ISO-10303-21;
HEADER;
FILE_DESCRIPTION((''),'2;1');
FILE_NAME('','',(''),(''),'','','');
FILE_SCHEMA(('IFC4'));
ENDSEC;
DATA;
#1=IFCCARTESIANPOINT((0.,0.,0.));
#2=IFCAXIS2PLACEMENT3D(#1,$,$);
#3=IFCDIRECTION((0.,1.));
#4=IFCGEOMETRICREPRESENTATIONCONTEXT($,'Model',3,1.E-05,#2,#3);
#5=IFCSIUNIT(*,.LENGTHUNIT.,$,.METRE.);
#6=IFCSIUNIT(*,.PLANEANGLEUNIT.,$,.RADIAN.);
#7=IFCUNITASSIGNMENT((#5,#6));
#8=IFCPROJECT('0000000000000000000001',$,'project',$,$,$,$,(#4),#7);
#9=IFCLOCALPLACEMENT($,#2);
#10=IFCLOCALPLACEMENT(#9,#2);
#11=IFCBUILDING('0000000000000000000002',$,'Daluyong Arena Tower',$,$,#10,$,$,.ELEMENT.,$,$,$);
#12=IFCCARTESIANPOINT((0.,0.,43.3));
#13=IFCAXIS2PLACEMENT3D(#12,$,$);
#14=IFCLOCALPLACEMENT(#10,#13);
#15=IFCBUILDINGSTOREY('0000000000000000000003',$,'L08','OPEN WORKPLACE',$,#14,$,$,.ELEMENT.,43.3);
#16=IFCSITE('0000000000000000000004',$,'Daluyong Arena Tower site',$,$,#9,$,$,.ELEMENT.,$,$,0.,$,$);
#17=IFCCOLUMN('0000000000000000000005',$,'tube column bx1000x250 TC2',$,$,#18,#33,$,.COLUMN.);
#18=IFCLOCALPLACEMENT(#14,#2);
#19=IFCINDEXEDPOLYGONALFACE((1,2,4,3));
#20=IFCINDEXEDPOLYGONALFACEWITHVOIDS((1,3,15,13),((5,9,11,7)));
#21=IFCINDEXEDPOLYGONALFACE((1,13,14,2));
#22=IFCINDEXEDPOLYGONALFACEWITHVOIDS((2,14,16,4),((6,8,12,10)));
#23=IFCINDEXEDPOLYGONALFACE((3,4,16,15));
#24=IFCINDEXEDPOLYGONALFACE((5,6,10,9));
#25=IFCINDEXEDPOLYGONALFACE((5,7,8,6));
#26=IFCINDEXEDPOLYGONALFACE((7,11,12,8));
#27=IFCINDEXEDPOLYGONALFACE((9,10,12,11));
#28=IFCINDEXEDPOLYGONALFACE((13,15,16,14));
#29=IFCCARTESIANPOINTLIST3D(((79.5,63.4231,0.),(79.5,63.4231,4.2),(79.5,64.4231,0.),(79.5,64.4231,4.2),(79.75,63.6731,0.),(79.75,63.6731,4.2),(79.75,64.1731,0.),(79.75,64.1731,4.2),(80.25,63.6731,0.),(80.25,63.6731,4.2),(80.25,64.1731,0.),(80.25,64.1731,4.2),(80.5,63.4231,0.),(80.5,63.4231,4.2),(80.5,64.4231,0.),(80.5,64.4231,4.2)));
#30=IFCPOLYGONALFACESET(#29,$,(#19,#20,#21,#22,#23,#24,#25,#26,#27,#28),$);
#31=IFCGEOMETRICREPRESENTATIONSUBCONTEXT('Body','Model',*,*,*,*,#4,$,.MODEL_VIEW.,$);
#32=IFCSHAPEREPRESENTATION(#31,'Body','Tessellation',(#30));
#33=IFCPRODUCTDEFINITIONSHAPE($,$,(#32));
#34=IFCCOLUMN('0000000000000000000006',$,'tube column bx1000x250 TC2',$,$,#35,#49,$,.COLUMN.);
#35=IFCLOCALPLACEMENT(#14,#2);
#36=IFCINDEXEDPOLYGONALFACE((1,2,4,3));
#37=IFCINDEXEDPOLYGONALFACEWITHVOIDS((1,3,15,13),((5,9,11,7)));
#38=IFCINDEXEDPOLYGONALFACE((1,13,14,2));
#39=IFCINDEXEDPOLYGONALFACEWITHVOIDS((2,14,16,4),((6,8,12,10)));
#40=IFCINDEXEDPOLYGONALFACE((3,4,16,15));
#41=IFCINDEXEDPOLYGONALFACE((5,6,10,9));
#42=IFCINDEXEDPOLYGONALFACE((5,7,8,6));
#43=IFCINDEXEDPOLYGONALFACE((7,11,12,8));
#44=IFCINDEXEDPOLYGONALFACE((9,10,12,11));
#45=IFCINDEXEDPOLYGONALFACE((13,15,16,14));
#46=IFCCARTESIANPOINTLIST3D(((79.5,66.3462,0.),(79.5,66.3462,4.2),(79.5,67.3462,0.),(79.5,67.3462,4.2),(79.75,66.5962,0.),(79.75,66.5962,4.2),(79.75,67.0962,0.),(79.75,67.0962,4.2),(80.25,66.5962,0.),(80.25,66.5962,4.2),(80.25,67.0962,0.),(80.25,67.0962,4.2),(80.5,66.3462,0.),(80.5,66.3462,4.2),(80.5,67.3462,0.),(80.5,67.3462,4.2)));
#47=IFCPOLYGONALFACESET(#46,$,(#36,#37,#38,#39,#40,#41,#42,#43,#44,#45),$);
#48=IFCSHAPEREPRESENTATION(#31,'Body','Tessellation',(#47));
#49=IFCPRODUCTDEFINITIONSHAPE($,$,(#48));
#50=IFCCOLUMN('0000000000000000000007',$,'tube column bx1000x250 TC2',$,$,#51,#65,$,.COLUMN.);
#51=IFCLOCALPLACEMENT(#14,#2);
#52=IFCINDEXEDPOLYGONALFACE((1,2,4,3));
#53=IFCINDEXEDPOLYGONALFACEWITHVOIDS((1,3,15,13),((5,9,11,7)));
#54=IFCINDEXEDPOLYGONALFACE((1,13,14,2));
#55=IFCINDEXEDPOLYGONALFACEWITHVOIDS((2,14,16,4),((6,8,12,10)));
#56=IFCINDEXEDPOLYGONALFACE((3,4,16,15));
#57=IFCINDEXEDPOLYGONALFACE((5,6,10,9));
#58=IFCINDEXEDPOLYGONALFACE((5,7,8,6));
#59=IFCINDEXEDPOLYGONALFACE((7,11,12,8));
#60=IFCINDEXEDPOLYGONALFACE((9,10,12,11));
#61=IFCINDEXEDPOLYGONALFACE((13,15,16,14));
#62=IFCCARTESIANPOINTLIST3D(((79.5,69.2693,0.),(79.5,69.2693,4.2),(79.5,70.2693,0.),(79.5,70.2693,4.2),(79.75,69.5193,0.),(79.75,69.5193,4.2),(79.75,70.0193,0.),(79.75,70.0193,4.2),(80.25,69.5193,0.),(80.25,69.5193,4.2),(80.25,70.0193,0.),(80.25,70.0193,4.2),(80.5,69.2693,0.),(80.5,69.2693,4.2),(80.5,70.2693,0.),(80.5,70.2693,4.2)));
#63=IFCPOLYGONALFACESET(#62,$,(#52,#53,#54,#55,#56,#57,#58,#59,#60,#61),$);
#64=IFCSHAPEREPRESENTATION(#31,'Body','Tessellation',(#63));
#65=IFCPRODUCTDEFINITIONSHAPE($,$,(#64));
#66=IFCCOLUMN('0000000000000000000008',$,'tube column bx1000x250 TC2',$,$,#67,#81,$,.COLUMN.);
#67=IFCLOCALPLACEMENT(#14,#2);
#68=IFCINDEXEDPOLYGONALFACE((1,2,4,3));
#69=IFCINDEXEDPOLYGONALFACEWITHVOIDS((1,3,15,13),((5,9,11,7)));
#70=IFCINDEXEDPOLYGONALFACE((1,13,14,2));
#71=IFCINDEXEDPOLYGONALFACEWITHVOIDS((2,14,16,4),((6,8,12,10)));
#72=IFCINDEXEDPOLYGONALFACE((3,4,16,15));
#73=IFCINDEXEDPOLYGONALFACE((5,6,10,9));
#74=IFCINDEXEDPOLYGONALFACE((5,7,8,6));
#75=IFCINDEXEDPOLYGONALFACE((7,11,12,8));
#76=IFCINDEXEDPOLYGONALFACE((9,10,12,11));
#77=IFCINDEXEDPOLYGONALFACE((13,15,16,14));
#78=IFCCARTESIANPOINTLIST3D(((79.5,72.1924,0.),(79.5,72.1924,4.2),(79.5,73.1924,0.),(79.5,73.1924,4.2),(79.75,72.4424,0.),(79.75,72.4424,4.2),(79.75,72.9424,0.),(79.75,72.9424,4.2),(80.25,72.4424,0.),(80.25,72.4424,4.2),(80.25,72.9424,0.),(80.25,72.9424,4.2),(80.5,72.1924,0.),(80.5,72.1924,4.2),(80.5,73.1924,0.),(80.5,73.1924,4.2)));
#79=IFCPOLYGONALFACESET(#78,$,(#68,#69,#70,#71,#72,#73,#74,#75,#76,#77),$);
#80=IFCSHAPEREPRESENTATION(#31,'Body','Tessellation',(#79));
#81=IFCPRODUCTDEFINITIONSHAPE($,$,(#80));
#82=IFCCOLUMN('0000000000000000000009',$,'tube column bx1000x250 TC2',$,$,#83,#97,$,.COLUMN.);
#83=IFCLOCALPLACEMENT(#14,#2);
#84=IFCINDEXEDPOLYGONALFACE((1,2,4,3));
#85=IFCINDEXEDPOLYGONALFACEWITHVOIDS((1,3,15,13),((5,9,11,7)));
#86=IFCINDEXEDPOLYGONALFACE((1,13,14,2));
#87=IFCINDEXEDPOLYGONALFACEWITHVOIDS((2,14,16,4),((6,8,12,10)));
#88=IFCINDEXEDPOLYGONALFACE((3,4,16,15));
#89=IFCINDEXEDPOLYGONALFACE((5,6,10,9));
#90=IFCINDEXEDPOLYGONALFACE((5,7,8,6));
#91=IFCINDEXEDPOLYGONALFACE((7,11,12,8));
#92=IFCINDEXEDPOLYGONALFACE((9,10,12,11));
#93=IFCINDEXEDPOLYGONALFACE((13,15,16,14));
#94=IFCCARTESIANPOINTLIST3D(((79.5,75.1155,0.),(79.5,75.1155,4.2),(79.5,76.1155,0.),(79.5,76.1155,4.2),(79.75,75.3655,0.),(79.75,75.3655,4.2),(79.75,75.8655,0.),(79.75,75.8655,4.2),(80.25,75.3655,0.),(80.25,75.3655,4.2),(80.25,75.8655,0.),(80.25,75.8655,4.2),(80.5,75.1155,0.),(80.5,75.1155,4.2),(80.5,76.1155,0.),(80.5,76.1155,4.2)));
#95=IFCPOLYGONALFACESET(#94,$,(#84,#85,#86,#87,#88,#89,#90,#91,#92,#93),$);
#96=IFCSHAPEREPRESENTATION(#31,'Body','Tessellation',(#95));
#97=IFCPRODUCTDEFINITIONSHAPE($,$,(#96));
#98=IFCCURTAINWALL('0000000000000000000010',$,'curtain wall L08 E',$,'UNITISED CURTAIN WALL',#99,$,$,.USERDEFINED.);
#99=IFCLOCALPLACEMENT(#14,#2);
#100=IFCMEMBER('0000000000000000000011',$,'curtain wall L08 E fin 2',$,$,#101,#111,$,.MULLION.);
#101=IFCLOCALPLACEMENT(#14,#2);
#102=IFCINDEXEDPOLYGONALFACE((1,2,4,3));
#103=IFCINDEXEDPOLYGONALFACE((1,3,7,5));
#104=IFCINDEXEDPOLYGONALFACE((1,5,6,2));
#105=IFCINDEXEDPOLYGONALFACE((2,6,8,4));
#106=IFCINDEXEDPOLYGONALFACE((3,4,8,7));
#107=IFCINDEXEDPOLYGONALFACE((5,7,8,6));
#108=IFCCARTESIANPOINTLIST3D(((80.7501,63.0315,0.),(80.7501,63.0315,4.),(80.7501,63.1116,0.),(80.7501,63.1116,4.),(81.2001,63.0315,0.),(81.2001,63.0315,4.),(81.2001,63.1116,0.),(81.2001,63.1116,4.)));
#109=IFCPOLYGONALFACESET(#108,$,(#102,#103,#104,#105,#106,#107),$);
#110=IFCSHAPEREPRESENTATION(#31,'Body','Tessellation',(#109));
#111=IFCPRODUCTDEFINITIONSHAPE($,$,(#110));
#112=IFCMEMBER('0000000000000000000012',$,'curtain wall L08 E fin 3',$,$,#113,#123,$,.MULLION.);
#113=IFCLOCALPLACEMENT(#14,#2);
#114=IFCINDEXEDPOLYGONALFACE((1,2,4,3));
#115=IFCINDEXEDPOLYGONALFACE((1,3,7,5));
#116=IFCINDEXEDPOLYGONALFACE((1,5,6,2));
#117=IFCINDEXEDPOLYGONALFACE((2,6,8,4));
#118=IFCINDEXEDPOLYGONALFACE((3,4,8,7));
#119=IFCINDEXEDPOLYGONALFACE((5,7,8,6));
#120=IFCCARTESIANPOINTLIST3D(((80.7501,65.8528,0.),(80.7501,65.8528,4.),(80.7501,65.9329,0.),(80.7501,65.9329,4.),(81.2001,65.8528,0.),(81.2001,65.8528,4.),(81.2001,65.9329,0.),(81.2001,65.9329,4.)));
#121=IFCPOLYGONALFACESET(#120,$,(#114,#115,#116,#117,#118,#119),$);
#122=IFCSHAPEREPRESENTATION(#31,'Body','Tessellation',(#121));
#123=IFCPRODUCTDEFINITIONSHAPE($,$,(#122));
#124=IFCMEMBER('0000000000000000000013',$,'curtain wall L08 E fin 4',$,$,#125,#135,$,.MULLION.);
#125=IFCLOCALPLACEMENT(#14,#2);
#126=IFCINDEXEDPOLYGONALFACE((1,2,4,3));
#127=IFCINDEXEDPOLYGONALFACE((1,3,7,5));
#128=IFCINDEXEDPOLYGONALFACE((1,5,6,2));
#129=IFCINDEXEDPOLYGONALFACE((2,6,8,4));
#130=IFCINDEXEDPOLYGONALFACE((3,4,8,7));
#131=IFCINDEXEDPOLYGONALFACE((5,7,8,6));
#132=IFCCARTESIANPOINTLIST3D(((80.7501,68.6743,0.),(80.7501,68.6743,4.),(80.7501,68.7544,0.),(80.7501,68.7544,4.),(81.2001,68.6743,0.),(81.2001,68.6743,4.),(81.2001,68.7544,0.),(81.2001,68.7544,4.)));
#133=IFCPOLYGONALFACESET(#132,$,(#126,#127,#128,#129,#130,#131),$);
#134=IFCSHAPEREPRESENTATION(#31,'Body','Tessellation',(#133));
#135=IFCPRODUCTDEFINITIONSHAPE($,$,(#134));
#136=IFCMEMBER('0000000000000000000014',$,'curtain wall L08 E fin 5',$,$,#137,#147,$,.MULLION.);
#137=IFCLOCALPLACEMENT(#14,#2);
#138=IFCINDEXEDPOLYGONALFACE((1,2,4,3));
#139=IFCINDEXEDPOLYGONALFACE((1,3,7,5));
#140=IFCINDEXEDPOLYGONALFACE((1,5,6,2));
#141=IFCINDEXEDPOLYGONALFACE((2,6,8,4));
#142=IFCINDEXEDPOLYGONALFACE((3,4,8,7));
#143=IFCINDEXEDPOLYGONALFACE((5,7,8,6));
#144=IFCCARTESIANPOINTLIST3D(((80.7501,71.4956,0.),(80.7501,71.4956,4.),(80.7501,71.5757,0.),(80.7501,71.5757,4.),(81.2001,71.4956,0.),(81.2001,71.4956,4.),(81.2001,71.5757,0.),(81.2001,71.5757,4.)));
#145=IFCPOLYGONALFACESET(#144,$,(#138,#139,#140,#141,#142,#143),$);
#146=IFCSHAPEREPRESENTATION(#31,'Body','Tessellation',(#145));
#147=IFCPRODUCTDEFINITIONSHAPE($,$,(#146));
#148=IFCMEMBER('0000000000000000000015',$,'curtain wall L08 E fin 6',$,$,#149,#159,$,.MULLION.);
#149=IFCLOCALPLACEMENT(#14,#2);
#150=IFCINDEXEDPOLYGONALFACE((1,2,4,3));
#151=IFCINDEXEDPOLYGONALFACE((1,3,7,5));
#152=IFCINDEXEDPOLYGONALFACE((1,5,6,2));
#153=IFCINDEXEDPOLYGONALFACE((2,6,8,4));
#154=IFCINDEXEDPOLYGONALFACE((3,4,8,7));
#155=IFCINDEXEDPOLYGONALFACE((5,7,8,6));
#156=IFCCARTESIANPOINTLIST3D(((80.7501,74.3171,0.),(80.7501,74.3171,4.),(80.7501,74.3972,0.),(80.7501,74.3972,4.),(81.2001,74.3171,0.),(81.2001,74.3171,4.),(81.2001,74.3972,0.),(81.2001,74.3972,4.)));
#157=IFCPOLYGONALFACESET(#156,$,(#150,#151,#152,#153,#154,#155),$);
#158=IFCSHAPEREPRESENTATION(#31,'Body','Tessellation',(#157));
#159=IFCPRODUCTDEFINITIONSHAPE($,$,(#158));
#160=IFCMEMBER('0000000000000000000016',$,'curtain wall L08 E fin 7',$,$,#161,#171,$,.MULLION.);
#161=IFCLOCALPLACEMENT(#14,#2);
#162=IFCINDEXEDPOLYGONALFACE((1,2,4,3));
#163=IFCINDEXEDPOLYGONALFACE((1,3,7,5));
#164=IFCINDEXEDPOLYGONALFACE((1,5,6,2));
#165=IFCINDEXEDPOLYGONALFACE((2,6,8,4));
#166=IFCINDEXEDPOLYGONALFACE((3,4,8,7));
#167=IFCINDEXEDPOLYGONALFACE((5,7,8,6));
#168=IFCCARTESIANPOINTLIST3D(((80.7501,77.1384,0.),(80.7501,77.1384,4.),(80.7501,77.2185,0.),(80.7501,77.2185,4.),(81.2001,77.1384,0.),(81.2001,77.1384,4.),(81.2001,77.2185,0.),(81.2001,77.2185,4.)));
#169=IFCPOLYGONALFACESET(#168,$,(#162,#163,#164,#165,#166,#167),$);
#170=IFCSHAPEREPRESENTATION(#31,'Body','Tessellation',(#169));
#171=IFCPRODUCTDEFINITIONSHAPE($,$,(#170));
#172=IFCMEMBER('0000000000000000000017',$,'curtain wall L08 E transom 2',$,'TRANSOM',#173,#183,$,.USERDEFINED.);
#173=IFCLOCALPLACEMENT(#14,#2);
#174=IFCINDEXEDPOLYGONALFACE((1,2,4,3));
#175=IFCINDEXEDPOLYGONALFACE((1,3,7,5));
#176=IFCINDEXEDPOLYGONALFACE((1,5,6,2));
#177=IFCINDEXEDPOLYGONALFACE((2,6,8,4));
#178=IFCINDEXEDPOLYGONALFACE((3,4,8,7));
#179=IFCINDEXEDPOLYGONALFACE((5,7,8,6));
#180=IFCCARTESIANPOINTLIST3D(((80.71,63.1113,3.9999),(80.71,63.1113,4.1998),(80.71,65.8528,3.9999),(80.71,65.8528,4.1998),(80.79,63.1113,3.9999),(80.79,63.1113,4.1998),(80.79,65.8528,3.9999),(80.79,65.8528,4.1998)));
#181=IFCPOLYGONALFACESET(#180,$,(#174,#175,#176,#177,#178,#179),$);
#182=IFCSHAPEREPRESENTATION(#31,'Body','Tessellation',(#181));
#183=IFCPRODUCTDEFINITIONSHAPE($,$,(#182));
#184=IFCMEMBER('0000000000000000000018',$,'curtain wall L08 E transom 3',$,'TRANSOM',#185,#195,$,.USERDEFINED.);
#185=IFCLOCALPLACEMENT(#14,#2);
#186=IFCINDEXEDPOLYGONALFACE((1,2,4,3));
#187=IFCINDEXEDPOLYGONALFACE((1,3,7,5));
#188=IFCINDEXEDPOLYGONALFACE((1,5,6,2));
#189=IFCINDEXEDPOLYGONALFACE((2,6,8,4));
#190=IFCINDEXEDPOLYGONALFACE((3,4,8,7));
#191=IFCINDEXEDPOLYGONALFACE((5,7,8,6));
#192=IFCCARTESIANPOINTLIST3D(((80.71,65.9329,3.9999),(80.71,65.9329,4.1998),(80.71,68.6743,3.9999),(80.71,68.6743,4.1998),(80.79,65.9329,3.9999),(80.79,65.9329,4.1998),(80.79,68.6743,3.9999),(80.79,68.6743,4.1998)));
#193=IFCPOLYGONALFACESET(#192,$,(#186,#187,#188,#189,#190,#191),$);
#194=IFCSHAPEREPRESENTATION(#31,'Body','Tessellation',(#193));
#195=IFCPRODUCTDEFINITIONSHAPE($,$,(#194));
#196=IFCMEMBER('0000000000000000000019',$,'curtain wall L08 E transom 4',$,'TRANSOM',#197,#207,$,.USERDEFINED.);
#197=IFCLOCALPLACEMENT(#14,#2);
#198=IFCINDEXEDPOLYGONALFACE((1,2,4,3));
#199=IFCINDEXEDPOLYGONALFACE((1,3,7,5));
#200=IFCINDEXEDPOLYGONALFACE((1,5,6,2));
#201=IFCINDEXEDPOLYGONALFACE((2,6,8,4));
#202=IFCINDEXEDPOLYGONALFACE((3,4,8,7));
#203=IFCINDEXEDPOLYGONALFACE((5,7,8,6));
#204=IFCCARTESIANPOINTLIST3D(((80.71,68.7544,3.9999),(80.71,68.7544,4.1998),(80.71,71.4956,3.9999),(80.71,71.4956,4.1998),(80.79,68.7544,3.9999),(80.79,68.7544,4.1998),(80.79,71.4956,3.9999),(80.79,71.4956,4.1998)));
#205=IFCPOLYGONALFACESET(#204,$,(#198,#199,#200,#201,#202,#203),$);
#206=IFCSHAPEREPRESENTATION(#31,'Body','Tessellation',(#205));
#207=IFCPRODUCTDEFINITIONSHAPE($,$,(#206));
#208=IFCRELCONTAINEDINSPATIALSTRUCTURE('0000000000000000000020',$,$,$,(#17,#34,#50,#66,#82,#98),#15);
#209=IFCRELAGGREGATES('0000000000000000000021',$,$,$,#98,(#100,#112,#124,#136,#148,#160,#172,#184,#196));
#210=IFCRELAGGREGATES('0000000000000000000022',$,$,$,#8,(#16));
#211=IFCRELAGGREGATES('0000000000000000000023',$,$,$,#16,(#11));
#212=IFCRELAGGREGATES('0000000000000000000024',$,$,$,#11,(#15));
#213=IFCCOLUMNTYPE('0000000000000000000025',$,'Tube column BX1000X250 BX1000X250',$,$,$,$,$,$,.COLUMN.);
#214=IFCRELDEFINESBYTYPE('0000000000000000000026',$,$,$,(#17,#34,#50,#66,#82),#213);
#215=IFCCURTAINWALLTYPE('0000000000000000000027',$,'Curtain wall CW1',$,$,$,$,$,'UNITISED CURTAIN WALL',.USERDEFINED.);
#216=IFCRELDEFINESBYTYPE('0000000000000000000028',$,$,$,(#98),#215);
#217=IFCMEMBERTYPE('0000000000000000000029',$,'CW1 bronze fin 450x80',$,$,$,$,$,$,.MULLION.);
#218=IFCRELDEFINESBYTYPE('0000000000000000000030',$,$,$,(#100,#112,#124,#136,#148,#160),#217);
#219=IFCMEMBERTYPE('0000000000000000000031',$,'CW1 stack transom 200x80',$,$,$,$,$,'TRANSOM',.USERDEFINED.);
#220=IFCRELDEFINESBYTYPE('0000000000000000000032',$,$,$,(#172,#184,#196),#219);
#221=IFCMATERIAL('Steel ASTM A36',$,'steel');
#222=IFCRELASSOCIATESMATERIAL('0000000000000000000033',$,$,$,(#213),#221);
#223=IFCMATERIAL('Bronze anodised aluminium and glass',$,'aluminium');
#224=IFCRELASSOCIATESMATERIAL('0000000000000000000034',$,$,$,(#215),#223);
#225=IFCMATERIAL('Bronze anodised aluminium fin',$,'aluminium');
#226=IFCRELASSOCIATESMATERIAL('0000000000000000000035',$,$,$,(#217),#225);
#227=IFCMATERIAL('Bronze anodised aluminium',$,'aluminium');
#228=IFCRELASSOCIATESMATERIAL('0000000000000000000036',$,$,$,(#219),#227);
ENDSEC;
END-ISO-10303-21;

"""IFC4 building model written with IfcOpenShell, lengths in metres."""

from ifc_helpers import new_model, si_unit, direction, frame, origin, origin_2d, place, context, subcontext, project, spatial, rectangle, hollow_rectangle, extrude, material, material_profile, profile_set, type_object, element, aggregate, save


model = new_model("IFC4")

# Units and contexts
model_context = context("Model", 3, precision=1e-05, world=origin(), true_north=direction((0.0, 1.0)))
body_context = subcontext(model_context, "Body", "Model", "MODEL_VIEW")
ifc_project = project(units=[si_unit("LENGTHUNIT", "METRE"), si_unit("PLANEANGLEUNIT", "RADIAN")], contexts=[model_context])

# Site, building, storey
site_placement = place(None, origin())
site = spatial("IfcSite", under=ifc_project, at=site_placement, Name="Daluyong Arena Tower site", CompositionType="ELEMENT", RefElevation=0.0)
building_placement = place(site_placement, origin())
building = spatial("IfcBuilding", under=site, at=building_placement, Name="Daluyong Arena Tower", CompositionType="ELEMENT")
storey_placement = place(building_placement, frame((0.0, 0.0, 43.3)))
storey = spatial("IfcBuildingStorey", under=building, at=storey_placement, Name="L08", Description="OPEN WORKPLACE", CompositionType="ELEMENT", Elevation=43.3)

# Columns
ifc_material_1 = material(Name="Steel ASTM A36", Category="steel")
ifc_material_profile_1 = material_profile(ifc_material_1, hollow_rectangle(XDim=1.0, YDim=1.0, WallThickness=0.25, at=origin_2d()))
ifc_profile_set_1 = profile_set([ifc_material_profile_1], Name="Steel ASTM A36")
column_type = type_object("IfcColumnType", Name="Tube column BX1000X250 BX1000X250", PredefinedType="COLUMN", material=ifc_profile_set_1)
for number, where, z_axis, x_axis, name in (
    (1, (80.0, 63.9231, 0.0), (0.0, 0.0, 1.0), (0.0, 1.0, 0.0), "tube column bx1000x250 TC2"),
    (2, (80.0, 66.8462, 0.0), (0.0, 0.0, 1.0), (0.0, 1.0, 0.0), "tube column bx1000x250 TC2"),
    (3, (80.0, 69.7693, 0.0), (0.0, 0.0, 1.0), (0.0, 1.0, 0.0), "tube column bx1000x250 TC2"),
    (4, (80.0, 72.6924, 0.0), (0.0, 0.0, 1.0), (0.0, 1.0, 0.0), "tube column bx1000x250 TC2"),
    (5, (80.0, 75.6155, 0.0), (0.0, 0.0, 1.0), (0.0, 1.0, 0.0), "tube column bx1000x250 TC2"),
):
    element("IfcColumn", number, at=place(storey_placement, frame(where, z_axis=z_axis, x_axis=x_axis)), inside=storey, type_object=column_type, Name=name, PredefinedType="COLUMN", context=body_context, shape_type="SweptSolid", body=[
        extrude(hollow_rectangle(XDim=1.0, YDim=1.0, WallThickness=0.25, at=origin_2d()), origin(), (0.0, 0.0, 1.0), 4.2),
    ])

# Curtain wall, members
ifc_material_2 = material(Name="Bronze anodised aluminium and glass", Category="aluminium")
curtain_wall_type = type_object("IfcCurtainWallType", Name="Curtain wall CW1", ElementType="UNITISED CURTAIN WALL", PredefinedType="USERDEFINED", material=ifc_material_2)
curtain_wall_placement = place(storey_placement, origin())
curtain_wall = element("IfcCurtainWall", 6, at=curtain_wall_placement, inside=storey, type_object=curtain_wall_type, Name="curtain wall L08 E", ObjectType="UNITISED CURTAIN WALL", PredefinedType="USERDEFINED")
ifc_material_3 = material(Name="Bronze anodised aluminium fin", Category="aluminium")
ifc_material_profile_2 = material_profile(ifc_material_3, rectangle(XDim=0.45, YDim=0.0801, at=origin_2d()))
ifc_profile_set_2 = profile_set([ifc_material_profile_2], Name="Bronze anodised aluminium fin")
member_type_1 = type_object("IfcMemberType", Name="CW1 bronze fin 450x80", PredefinedType="MULLION", material=ifc_profile_set_2)
member_1_placement = place(storey_placement, frame((80.9751, 63.0715, 0.0), z_axis=(0.0, 0.0, 1.0), x_axis=(-1.0, 0.0, 0.0)))
member_1 = element("IfcMember", 7, at=member_1_placement, type_object=member_type_1, Name="curtain wall L08 E fin 2", PredefinedType="MULLION", context=body_context, shape_type="SweptSolid", body=[
    extrude(rectangle(XDim=0.45, YDim=0.0801, at=origin_2d()), origin(), (0.0, 0.0, 1.0), 4.0),
])
member_2_placement = place(storey_placement, frame((80.9751, 65.8928, 0.0), z_axis=(0.0, 0.0, 1.0), x_axis=(-1.0, 0.0, 0.0)))
member_2 = element("IfcMember", 8, at=member_2_placement, type_object=member_type_1, Name="curtain wall L08 E fin 3", PredefinedType="MULLION", context=body_context, shape_type="SweptSolid", body=[
    extrude(rectangle(XDim=0.45, YDim=0.0801, at=origin_2d()), origin(), (0.0, 0.0, 1.0), 4.0),
])
member_3_placement = place(storey_placement, frame((80.9751, 68.7144, 0.0), z_axis=(0.0, 0.0, 1.0), x_axis=(-1.0, 0.0, 0.0)))
member_3 = element("IfcMember", 9, at=member_3_placement, type_object=member_type_1, Name="curtain wall L08 E fin 4", PredefinedType="MULLION", context=body_context, shape_type="SweptSolid", body=[
    extrude(rectangle(XDim=0.45, YDim=0.0801, at=origin_2d()), origin(), (0.0, 0.0, 1.0), 4.0),
])
member_4_placement = place(storey_placement, frame((80.9751, 71.5356, 0.0), z_axis=(0.0, 0.0, 1.0), x_axis=(-1.0, 0.0, 0.0)))
member_4 = element("IfcMember", 10, at=member_4_placement, type_object=member_type_1, Name="curtain wall L08 E fin 5", PredefinedType="MULLION", context=body_context, shape_type="SweptSolid", body=[
    extrude(rectangle(XDim=0.45, YDim=0.0801, at=origin_2d()), origin(), (0.0, 0.0, 1.0), 4.0),
])
member_5_placement = place(storey_placement, frame((80.9751, 74.3572, 0.0), z_axis=(0.0, 0.0, 1.0), x_axis=(-1.0, 0.0, 0.0)))
member_5 = element("IfcMember", 11, at=member_5_placement, type_object=member_type_1, Name="curtain wall L08 E fin 6", PredefinedType="MULLION", context=body_context, shape_type="SweptSolid", body=[
    extrude(rectangle(XDim=0.45, YDim=0.0801, at=origin_2d()), origin(), (0.0, 0.0, 1.0), 4.0),
])
member_6_placement = place(storey_placement, frame((80.9751, 77.1785, 0.0), z_axis=(0.0, 0.0, 1.0), x_axis=(-1.0, 0.0, 0.0)))
member_6 = element("IfcMember", 12, at=member_6_placement, type_object=member_type_1, Name="curtain wall L08 E fin 7", PredefinedType="MULLION", context=body_context, shape_type="SweptSolid", body=[
    extrude(rectangle(XDim=0.45, YDim=0.0801, at=origin_2d()), origin(), (0.0, 0.0, 1.0), 4.0),
])
ifc_material_4 = material(Name="Bronze anodised aluminium", Category="aluminium")
ifc_material_profile_3 = material_profile(ifc_material_4, rectangle(XDim=0.0801, YDim=0.2, at=origin_2d()))
ifc_profile_set_3 = profile_set([ifc_material_profile_3], Name="Bronze anodised aluminium")
member_type_2 = type_object("IfcMemberType", Name="CW1 stack transom 200x80", ElementType="TRANSOM", PredefinedType="USERDEFINED", material=ifc_profile_set_3)
member_7_placement = place(storey_placement, frame((80.75, 63.1113, 4.0999), z_axis=(0.0, 1.0, 0.0), x_axis=(-1.0, 0.0, 0.0)))
member_7 = element("IfcMember", 13, at=member_7_placement, type_object=member_type_2, Name="curtain wall L08 E transom 2", ObjectType="TRANSOM", PredefinedType="USERDEFINED", context=body_context, shape_type="SweptSolid", body=[
    extrude(rectangle(XDim=0.0801, YDim=0.2, at=origin_2d()), origin(), (0.0, 0.0, 1.0), 2.7415),
])
member_8_placement = place(storey_placement, frame((80.75, 65.9329, 4.0999), z_axis=(0.0, 1.0, 0.0), x_axis=(-1.0, 0.0, 0.0)))
member_8 = element("IfcMember", 14, at=member_8_placement, type_object=member_type_2, Name="curtain wall L08 E transom 3", ObjectType="TRANSOM", PredefinedType="USERDEFINED", context=body_context, shape_type="SweptSolid", body=[
    extrude(rectangle(XDim=0.0801, YDim=0.2, at=origin_2d()), origin(), (0.0, 0.0, 1.0), 2.7415),
])
member_9_placement = place(storey_placement, frame((80.75, 68.7544, 4.0999), z_axis=(0.0, 1.0, 0.0), x_axis=(-1.0, 0.0, 0.0)))
member_9 = element("IfcMember", 15, at=member_9_placement, type_object=member_type_2, Name="curtain wall L08 E transom 4", ObjectType="TRANSOM", PredefinedType="USERDEFINED", context=body_context, shape_type="SweptSolid", body=[
    extrude(rectangle(XDim=0.0801, YDim=0.2, at=origin_2d()), origin(), (0.0, 0.0, 1.0), 2.7412),
])

aggregate(curtain_wall, [member_1, member_2, member_3, member_4, member_5, member_6, member_7, member_8, member_9])

save(model, "model.ifc")
